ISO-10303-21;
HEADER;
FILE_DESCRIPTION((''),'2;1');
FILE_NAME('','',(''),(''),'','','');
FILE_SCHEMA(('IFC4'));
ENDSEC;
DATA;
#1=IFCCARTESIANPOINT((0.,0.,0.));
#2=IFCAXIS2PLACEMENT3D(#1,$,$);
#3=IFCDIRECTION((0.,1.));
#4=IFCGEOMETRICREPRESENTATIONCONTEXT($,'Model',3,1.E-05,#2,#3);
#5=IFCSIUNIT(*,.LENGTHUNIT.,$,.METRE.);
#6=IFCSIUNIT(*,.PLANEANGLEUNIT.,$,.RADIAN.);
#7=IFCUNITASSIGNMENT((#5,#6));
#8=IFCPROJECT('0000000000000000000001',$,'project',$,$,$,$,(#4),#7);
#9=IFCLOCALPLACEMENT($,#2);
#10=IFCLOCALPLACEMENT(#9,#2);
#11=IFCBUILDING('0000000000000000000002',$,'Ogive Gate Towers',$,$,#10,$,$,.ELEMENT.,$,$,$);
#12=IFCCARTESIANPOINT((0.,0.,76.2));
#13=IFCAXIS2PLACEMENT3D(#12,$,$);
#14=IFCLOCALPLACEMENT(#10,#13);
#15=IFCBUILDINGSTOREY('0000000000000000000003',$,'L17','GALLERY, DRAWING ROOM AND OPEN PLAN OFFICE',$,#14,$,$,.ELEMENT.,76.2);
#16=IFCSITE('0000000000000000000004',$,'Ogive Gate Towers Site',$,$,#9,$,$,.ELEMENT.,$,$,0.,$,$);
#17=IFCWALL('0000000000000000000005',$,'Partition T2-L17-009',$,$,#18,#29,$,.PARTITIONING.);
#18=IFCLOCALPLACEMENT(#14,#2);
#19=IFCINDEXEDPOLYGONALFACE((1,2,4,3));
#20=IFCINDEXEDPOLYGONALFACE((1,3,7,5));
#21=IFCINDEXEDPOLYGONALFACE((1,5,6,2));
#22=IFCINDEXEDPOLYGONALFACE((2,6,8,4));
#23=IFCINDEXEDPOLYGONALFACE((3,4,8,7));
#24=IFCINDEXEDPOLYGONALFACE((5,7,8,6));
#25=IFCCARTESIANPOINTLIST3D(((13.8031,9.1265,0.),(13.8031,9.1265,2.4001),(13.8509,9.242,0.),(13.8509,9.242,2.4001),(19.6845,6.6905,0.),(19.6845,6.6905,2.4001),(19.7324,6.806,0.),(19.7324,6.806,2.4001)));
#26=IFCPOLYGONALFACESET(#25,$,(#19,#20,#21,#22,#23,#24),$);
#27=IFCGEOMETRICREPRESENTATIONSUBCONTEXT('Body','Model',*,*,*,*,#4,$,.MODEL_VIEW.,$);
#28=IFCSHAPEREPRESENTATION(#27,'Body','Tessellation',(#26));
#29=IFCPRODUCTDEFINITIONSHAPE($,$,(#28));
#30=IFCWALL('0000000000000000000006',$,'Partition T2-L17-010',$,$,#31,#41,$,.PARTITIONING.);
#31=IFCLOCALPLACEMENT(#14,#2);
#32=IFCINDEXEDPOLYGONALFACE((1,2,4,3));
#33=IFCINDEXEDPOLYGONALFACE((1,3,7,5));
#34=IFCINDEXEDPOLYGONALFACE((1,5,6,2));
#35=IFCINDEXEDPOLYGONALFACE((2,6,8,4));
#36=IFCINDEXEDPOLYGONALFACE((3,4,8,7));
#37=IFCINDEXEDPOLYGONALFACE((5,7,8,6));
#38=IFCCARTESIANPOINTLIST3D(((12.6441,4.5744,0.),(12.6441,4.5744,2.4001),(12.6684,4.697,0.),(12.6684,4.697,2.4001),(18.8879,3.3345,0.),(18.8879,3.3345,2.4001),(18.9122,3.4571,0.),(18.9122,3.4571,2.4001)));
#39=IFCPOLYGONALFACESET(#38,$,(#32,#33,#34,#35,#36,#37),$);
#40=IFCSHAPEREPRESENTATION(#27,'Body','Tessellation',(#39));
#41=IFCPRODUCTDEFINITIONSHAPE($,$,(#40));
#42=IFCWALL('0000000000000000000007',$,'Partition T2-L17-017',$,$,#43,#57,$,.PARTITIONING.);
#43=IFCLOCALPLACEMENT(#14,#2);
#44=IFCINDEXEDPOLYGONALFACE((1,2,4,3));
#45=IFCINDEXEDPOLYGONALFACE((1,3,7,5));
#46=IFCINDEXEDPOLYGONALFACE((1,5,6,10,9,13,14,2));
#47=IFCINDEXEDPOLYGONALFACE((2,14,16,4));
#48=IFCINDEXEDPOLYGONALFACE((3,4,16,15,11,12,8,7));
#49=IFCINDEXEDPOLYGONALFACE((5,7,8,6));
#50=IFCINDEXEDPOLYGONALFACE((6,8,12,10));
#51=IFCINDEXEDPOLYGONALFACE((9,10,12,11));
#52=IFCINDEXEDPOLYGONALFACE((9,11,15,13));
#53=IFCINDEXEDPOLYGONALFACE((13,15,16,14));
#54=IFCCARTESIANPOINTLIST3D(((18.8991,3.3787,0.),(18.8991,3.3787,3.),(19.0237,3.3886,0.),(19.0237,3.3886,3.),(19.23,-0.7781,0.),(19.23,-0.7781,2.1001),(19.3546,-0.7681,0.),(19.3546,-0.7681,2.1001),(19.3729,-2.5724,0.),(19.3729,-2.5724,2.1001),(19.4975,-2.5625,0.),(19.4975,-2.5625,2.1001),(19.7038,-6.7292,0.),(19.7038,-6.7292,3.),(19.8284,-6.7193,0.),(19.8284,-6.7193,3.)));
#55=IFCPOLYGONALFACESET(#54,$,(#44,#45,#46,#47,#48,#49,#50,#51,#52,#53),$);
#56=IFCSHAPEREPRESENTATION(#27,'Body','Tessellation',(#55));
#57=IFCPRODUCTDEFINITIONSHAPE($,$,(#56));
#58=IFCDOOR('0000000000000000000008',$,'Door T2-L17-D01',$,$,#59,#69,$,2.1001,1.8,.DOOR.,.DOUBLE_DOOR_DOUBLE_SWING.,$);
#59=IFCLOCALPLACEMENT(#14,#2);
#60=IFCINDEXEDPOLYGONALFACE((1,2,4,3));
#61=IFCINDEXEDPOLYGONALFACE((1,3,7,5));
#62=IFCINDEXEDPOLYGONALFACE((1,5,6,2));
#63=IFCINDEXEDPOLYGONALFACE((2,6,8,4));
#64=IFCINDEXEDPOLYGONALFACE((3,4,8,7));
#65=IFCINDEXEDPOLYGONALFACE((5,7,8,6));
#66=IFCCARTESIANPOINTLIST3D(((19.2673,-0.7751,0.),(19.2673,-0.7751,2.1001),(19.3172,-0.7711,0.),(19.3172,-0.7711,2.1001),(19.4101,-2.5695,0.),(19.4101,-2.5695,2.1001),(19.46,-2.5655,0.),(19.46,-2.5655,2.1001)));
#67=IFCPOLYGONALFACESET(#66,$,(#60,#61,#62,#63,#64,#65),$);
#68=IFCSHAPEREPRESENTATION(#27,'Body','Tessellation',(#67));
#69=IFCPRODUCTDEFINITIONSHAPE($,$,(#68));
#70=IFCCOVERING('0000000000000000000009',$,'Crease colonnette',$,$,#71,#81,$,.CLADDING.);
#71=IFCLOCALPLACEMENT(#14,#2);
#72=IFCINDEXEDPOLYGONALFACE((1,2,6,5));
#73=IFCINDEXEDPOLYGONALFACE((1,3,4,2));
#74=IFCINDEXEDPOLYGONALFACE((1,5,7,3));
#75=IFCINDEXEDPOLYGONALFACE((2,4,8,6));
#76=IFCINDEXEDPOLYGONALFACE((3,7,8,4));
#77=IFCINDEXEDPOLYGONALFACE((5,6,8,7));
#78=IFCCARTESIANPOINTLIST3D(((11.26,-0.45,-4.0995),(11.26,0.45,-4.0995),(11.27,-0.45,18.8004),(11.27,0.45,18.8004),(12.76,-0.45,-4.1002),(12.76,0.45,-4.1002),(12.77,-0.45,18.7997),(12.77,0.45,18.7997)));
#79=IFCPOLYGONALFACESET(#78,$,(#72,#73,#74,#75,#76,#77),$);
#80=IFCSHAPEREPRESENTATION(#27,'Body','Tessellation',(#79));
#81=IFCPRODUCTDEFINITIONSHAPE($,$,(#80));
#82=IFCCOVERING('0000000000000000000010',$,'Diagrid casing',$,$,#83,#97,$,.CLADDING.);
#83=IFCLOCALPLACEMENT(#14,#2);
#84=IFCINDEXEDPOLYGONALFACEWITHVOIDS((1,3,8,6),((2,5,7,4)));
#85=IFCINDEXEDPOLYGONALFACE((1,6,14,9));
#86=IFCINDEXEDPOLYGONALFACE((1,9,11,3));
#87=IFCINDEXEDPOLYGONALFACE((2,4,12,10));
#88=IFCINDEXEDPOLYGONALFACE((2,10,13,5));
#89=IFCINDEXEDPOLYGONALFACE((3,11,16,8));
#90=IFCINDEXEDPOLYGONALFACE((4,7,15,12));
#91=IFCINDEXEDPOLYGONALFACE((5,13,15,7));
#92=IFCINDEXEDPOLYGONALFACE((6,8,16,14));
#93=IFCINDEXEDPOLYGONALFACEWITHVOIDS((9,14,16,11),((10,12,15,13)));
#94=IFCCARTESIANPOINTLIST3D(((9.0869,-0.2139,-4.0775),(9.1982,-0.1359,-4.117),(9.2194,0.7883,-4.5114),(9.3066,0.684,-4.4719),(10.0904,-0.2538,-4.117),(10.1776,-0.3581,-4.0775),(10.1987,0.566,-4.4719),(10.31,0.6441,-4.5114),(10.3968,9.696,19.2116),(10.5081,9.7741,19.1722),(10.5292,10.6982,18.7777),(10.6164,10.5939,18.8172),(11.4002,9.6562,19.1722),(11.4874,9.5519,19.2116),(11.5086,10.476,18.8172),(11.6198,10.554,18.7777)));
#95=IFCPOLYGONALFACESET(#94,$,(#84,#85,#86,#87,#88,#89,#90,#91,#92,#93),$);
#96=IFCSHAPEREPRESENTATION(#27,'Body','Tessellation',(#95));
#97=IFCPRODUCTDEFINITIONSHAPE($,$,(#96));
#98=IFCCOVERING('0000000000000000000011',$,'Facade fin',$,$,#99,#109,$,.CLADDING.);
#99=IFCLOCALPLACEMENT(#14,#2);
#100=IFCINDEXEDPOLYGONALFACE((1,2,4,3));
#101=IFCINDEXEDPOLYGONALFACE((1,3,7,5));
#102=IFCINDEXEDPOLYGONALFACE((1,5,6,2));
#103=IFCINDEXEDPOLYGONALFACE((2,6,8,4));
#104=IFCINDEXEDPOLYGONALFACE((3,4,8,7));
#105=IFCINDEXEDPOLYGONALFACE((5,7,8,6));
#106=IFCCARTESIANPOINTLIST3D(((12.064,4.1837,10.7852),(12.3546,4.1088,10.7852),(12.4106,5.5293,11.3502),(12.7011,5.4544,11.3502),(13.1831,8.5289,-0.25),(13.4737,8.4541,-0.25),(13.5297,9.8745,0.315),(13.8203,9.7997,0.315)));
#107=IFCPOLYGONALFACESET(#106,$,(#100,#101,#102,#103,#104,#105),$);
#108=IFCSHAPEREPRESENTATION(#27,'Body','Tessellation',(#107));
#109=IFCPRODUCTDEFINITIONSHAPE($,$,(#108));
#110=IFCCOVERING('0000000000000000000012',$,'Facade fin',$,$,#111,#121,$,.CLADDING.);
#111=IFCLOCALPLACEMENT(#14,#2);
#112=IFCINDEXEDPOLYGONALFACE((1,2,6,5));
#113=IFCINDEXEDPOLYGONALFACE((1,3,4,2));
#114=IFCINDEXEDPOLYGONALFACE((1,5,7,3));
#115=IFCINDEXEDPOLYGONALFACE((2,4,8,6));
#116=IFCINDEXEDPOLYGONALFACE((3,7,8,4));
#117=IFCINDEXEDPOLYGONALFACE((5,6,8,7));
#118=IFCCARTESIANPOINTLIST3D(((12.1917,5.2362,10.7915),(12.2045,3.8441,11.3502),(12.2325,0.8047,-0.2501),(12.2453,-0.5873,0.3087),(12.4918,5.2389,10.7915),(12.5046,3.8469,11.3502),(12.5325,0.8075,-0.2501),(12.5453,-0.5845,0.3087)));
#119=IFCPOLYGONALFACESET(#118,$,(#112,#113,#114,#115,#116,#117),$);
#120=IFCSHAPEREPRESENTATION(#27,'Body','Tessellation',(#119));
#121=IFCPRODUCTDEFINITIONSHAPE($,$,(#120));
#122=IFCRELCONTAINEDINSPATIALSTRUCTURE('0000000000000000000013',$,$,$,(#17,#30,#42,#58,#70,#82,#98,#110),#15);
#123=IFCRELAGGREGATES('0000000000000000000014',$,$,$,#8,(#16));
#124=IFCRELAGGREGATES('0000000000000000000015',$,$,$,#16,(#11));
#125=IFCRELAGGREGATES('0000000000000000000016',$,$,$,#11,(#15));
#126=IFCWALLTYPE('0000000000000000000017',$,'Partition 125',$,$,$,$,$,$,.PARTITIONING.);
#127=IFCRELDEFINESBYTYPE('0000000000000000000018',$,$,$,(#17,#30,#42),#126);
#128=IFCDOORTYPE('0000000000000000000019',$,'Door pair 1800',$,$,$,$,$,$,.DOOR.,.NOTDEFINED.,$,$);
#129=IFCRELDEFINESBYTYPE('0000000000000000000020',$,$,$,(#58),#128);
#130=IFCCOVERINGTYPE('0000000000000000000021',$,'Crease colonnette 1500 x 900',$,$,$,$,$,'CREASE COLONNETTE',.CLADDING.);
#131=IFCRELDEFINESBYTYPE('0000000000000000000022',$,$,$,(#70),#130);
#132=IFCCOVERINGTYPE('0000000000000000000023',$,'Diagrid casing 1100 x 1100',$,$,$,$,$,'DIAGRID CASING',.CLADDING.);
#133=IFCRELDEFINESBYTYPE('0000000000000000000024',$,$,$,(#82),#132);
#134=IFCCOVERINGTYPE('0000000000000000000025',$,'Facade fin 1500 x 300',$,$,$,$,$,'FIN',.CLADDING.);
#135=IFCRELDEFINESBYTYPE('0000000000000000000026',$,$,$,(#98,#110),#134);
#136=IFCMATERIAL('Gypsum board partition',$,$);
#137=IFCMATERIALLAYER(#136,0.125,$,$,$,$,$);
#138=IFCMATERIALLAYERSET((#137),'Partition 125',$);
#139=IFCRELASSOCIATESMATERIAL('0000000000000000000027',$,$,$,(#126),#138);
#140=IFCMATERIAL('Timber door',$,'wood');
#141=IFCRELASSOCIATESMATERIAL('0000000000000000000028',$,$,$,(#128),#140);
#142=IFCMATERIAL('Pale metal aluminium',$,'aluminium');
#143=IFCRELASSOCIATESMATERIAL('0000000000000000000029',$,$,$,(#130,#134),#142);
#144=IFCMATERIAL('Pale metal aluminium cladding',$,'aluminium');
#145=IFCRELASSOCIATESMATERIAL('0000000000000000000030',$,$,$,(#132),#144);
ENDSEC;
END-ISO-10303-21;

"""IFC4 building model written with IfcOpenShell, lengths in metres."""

from ifc_helpers import new_model, si_unit, direction, frame, frame_2d, origin, origin_2d, place, context, subcontext, project, spatial, rectangle, hollow_rectangle, extrude, material, layer, layer_set, material_profile, profile_set, type_object, element, fill, save


model = new_model("IFC4")

# Units and contexts
model_context = context("Model", 3, precision=1e-05, world=origin(), true_north=direction((0.0, 1.0)))
body_context = subcontext(model_context, "Body", "Model", "MODEL_VIEW")
ifc_project = project(units=[si_unit("LENGTHUNIT", "METRE"), si_unit("PLANEANGLEUNIT", "RADIAN")], contexts=[model_context])

# Site, building, storey
site_placement = place(None, origin())
site = spatial("IfcSite", under=ifc_project, at=site_placement, Name="Ogive Gate Towers Site", CompositionType="ELEMENT", RefElevation=0.0)
building_placement = place(site_placement, origin())
building = spatial("IfcBuilding", under=site, at=building_placement, Name="Ogive Gate Towers", CompositionType="ELEMENT")
storey_placement = place(building_placement, frame((0.0, 0.0, 76.2)))
storey = spatial("IfcBuildingStorey", under=building, at=storey_placement, Name="L17", Description="GALLERY, DRAWING ROOM AND OPEN PLAN OFFICE", CompositionType="ELEMENT", Elevation=76.2)

# Shared definitions
ifc_material_1 = material(Name="Pale metal aluminium", Category="aluminium")

# Walls
ifc_material_2 = material(Name="Gypsum board partition")
ifc_layer_1 = layer(ifc_material_2, 0.125)
ifc_layer_set_1 = layer_set([ifc_layer_1], Name="Partition 125")
wall_type = type_object("IfcWallType", Name="Partition 125", PredefinedType="PARTITIONING", material=ifc_layer_set_1)
wall_1_placement = place(storey_placement, frame((13.8269, 9.1843, 0.0), z_axis=(0.0, 0.0, 1.0), x_axis=(0.923885, -0.38267, 0.0)))
element("IfcWall", 1, at=wall_1_placement, inside=storey, type_object=wall_type, Name="Partition T2-L17-009", PredefinedType="PARTITIONING", context=body_context, shape_type="SweptSolid", body=[
    extrude(rectangle(XDim=6.366, YDim=0.125, at=frame_2d((3.1831, 0.0))), origin(), (0.0, 0.0, 1.0), 2.4001),
])
wall_2_placement = place(storey_placement, frame((12.6562, 4.6357, 0.0), z_axis=(0.0, 0.0, 1.0), x_axis=(0.980845, -0.194788, 0.0)))
element("IfcWall", 2, at=wall_2_placement, inside=storey, type_object=wall_type, Name="Partition T2-L17-010", PredefinedType="PARTITIONING", context=body_context, shape_type="SweptSolid", body=[
    extrude(rectangle(XDim=6.3657, YDim=0.125, at=frame_2d((3.1829, 0.0))), origin(), (0.0, 0.0, 1.0), 2.4001),
])

# Wall, opening, door
wall_3_placement = place(storey_placement, frame((18.9614, 3.3835, 0.0), z_axis=(0.0, 0.0, 1.0), x_axis=(0.079359, -0.996846, 0.0)))
wall_3 = element("IfcWall", 3, at=wall_3_placement, inside=storey, type_object=wall_type, Name="Partition T2-L17-017", PredefinedType="PARTITIONING", context=body_context, shape_type="SweptSolid", body=[
    extrude(rectangle(XDim=10.1399, YDim=0.125, at=frame_2d((5.0698, 0.0))), origin(), (0.0, 0.0, 1.0), 3.0),
])
opening_placement = place(wall_3_placement, frame((4.1699, 0.0, 0.0)))
opening = element("IfcOpeningElement", 4, at=opening_placement, cuts=wall_3, PredefinedType="OPENING", context=body_context, shape_type="SweptSolid", body=[
    extrude(rectangle(XDim=1.8, YDim=2.1001, at=frame_2d((0.8999, 1.05))), frame((0.0, 0.0725, 0.0), z_axis=(0.0, -1.0, 0.0), x_axis=(1.0, 0.0, 0.0)), (0.0, 0.0, 1.0), 0.145),
])
ifc_material_3 = material(Name="Timber door", Category="wood")
door_type = type_object("IfcDoorType", Name="Door pair 1800", OperationType="NOTDEFINED", PredefinedType="DOOR", material=ifc_material_3)
door_placement = place(opening_placement, origin())
door = element("IfcDoor", 5, at=door_placement, inside=storey, type_object=door_type, Name="Door T2-L17-D01", OperationType="DOUBLE_DOOR_DOUBLE_SWING", OverallHeight=2.1001, OverallWidth=1.8, PredefinedType="DOOR", context=body_context, shape_type="SweptSolid", body=[
    extrude(rectangle(XDim=1.8, YDim=2.1001, at=frame_2d((0.8999, 1.05))), frame((0.0, 0.0249, 0.0), z_axis=(0.0, -1.0, 0.0), x_axis=(1.0, 0.0, 0.0)), (0.0, 0.0, 1.0), 0.05),
])
fill(opening, door)

# Coverings
ifc_material_profile_1 = material_profile(ifc_material_1, rectangle(XDim=1.5, YDim=0.8999, at=origin_2d()), Name="1500 x 900 pale metal aluminium")
ifc_profile_set_1 = profile_set([ifc_material_profile_1], Name="Pale metal aluminium")
covering_type_1 = type_object("IfcCoveringType", Name="Crease colonnette 1500 x 900", ElementType="CREASE COLONNETTE", PredefinedType="CLADDING", material=ifc_profile_set_1)
covering_1_placement = place(storey_placement, frame((12.01, 0.0, -4.0999), z_axis=(0.000437, 0.0, 1.0), x_axis=(1.0, 0.0, 0.0)))
element("IfcCovering", 6, at=covering_1_placement, inside=storey, type_object=covering_type_1, Name="Crease colonnette", PredefinedType="CLADDING", context=body_context, shape_type="SweptSolid", body=[
    extrude(rectangle(XDim=1.5, YDim=0.8999, at=origin_2d()), origin(), (0.0, 0.0, 1.0), 22.8999),
])
ifc_material_4 = material(Name="Pale metal aluminium cladding", Category="aluminium")
ifc_material_profile_2 = material_profile(ifc_material_4, hollow_rectangle(XDim=1.1001, YDim=1.1001, WallThickness=0.1001, at=origin_2d()), Name="1100 x 1100 pale metal casing")
ifc_profile_set_2 = profile_set([ifc_material_profile_2], Name="Pale metal aluminium cladding")
covering_type_2 = type_object("IfcCoveringType", Name="Diagrid casing 1100 x 1100", ElementType="DIAGRID CASING", PredefinedType="CLADDING", material=ifc_profile_set_2)
covering_2_placement = place(storey_placement, frame((9.6985, 0.2151, -4.2944), z_axis=(0.051682, 0.391021, 0.91893), x_axis=(-0.991378, 0.131033, 0.0)))
element("IfcCovering", 7, at=covering_2_placement, inside=storey, type_object=covering_type_2, Name="Diagrid casing", PredefinedType="CLADDING", context=body_context, shape_type="SweptSolid", body=[
    extrude(hollow_rectangle(XDim=1.1001, YDim=1.1001, WallThickness=0.1001, at=origin_2d()), origin(), (0.0, 0.0, 1.0), 25.3438),
])
ifc_material_profile_3 = material_profile(ifc_material_1, rectangle(XDim=0.3, YDim=1.5, at=origin_2d()), Name="1500 x 300 pale metal aluminium")
ifc_profile_set_3 = profile_set([ifc_material_profile_3], Name="Pale metal aluminium")
covering_type_3 = type_object("IfcCoveringType", Name="Facade fin 1500 x 300", ElementType="FIN", PredefinedType="CLADDING", material=ifc_profile_set_3)
covering_3_placement = place(storey_placement, frame((13.5017, 9.1643, 0.0325), z_axis=(-0.093947, -0.36476, 0.92635), x_axis=(0.968396, -0.249417, 0.0)))
element("IfcCovering", 8, at=covering_3_placement, inside=storey, type_object=covering_type_3, Name="Facade fin", PredefinedType="CLADDING", context=body_context, shape_type="SweptSolid", body=[
    extrude(rectangle(XDim=0.3, YDim=1.5, at=origin_2d()), origin(), (0.0, 0.0, 1.0), 11.9126),
])
covering_4_placement = place(storey_placement, frame((12.3889, 0.1101, 0.0293), z_axis=(-0.003427, 0.37246, 0.928042), x_axis=(-0.999958, -0.0092, 0.0)))
element("IfcCovering", 9, at=covering_4_placement, inside=storey, type_object=covering_type_3, Name="Facade fin", PredefinedType="CLADDING", context=body_context, shape_type="SweptSolid", body=[
    extrude(rectangle(XDim=0.3, YDim=1.5, at=origin_2d()), origin(), (0.0, 0.0, 1.0), 11.8977),
])

save(model, "model.ifc")
